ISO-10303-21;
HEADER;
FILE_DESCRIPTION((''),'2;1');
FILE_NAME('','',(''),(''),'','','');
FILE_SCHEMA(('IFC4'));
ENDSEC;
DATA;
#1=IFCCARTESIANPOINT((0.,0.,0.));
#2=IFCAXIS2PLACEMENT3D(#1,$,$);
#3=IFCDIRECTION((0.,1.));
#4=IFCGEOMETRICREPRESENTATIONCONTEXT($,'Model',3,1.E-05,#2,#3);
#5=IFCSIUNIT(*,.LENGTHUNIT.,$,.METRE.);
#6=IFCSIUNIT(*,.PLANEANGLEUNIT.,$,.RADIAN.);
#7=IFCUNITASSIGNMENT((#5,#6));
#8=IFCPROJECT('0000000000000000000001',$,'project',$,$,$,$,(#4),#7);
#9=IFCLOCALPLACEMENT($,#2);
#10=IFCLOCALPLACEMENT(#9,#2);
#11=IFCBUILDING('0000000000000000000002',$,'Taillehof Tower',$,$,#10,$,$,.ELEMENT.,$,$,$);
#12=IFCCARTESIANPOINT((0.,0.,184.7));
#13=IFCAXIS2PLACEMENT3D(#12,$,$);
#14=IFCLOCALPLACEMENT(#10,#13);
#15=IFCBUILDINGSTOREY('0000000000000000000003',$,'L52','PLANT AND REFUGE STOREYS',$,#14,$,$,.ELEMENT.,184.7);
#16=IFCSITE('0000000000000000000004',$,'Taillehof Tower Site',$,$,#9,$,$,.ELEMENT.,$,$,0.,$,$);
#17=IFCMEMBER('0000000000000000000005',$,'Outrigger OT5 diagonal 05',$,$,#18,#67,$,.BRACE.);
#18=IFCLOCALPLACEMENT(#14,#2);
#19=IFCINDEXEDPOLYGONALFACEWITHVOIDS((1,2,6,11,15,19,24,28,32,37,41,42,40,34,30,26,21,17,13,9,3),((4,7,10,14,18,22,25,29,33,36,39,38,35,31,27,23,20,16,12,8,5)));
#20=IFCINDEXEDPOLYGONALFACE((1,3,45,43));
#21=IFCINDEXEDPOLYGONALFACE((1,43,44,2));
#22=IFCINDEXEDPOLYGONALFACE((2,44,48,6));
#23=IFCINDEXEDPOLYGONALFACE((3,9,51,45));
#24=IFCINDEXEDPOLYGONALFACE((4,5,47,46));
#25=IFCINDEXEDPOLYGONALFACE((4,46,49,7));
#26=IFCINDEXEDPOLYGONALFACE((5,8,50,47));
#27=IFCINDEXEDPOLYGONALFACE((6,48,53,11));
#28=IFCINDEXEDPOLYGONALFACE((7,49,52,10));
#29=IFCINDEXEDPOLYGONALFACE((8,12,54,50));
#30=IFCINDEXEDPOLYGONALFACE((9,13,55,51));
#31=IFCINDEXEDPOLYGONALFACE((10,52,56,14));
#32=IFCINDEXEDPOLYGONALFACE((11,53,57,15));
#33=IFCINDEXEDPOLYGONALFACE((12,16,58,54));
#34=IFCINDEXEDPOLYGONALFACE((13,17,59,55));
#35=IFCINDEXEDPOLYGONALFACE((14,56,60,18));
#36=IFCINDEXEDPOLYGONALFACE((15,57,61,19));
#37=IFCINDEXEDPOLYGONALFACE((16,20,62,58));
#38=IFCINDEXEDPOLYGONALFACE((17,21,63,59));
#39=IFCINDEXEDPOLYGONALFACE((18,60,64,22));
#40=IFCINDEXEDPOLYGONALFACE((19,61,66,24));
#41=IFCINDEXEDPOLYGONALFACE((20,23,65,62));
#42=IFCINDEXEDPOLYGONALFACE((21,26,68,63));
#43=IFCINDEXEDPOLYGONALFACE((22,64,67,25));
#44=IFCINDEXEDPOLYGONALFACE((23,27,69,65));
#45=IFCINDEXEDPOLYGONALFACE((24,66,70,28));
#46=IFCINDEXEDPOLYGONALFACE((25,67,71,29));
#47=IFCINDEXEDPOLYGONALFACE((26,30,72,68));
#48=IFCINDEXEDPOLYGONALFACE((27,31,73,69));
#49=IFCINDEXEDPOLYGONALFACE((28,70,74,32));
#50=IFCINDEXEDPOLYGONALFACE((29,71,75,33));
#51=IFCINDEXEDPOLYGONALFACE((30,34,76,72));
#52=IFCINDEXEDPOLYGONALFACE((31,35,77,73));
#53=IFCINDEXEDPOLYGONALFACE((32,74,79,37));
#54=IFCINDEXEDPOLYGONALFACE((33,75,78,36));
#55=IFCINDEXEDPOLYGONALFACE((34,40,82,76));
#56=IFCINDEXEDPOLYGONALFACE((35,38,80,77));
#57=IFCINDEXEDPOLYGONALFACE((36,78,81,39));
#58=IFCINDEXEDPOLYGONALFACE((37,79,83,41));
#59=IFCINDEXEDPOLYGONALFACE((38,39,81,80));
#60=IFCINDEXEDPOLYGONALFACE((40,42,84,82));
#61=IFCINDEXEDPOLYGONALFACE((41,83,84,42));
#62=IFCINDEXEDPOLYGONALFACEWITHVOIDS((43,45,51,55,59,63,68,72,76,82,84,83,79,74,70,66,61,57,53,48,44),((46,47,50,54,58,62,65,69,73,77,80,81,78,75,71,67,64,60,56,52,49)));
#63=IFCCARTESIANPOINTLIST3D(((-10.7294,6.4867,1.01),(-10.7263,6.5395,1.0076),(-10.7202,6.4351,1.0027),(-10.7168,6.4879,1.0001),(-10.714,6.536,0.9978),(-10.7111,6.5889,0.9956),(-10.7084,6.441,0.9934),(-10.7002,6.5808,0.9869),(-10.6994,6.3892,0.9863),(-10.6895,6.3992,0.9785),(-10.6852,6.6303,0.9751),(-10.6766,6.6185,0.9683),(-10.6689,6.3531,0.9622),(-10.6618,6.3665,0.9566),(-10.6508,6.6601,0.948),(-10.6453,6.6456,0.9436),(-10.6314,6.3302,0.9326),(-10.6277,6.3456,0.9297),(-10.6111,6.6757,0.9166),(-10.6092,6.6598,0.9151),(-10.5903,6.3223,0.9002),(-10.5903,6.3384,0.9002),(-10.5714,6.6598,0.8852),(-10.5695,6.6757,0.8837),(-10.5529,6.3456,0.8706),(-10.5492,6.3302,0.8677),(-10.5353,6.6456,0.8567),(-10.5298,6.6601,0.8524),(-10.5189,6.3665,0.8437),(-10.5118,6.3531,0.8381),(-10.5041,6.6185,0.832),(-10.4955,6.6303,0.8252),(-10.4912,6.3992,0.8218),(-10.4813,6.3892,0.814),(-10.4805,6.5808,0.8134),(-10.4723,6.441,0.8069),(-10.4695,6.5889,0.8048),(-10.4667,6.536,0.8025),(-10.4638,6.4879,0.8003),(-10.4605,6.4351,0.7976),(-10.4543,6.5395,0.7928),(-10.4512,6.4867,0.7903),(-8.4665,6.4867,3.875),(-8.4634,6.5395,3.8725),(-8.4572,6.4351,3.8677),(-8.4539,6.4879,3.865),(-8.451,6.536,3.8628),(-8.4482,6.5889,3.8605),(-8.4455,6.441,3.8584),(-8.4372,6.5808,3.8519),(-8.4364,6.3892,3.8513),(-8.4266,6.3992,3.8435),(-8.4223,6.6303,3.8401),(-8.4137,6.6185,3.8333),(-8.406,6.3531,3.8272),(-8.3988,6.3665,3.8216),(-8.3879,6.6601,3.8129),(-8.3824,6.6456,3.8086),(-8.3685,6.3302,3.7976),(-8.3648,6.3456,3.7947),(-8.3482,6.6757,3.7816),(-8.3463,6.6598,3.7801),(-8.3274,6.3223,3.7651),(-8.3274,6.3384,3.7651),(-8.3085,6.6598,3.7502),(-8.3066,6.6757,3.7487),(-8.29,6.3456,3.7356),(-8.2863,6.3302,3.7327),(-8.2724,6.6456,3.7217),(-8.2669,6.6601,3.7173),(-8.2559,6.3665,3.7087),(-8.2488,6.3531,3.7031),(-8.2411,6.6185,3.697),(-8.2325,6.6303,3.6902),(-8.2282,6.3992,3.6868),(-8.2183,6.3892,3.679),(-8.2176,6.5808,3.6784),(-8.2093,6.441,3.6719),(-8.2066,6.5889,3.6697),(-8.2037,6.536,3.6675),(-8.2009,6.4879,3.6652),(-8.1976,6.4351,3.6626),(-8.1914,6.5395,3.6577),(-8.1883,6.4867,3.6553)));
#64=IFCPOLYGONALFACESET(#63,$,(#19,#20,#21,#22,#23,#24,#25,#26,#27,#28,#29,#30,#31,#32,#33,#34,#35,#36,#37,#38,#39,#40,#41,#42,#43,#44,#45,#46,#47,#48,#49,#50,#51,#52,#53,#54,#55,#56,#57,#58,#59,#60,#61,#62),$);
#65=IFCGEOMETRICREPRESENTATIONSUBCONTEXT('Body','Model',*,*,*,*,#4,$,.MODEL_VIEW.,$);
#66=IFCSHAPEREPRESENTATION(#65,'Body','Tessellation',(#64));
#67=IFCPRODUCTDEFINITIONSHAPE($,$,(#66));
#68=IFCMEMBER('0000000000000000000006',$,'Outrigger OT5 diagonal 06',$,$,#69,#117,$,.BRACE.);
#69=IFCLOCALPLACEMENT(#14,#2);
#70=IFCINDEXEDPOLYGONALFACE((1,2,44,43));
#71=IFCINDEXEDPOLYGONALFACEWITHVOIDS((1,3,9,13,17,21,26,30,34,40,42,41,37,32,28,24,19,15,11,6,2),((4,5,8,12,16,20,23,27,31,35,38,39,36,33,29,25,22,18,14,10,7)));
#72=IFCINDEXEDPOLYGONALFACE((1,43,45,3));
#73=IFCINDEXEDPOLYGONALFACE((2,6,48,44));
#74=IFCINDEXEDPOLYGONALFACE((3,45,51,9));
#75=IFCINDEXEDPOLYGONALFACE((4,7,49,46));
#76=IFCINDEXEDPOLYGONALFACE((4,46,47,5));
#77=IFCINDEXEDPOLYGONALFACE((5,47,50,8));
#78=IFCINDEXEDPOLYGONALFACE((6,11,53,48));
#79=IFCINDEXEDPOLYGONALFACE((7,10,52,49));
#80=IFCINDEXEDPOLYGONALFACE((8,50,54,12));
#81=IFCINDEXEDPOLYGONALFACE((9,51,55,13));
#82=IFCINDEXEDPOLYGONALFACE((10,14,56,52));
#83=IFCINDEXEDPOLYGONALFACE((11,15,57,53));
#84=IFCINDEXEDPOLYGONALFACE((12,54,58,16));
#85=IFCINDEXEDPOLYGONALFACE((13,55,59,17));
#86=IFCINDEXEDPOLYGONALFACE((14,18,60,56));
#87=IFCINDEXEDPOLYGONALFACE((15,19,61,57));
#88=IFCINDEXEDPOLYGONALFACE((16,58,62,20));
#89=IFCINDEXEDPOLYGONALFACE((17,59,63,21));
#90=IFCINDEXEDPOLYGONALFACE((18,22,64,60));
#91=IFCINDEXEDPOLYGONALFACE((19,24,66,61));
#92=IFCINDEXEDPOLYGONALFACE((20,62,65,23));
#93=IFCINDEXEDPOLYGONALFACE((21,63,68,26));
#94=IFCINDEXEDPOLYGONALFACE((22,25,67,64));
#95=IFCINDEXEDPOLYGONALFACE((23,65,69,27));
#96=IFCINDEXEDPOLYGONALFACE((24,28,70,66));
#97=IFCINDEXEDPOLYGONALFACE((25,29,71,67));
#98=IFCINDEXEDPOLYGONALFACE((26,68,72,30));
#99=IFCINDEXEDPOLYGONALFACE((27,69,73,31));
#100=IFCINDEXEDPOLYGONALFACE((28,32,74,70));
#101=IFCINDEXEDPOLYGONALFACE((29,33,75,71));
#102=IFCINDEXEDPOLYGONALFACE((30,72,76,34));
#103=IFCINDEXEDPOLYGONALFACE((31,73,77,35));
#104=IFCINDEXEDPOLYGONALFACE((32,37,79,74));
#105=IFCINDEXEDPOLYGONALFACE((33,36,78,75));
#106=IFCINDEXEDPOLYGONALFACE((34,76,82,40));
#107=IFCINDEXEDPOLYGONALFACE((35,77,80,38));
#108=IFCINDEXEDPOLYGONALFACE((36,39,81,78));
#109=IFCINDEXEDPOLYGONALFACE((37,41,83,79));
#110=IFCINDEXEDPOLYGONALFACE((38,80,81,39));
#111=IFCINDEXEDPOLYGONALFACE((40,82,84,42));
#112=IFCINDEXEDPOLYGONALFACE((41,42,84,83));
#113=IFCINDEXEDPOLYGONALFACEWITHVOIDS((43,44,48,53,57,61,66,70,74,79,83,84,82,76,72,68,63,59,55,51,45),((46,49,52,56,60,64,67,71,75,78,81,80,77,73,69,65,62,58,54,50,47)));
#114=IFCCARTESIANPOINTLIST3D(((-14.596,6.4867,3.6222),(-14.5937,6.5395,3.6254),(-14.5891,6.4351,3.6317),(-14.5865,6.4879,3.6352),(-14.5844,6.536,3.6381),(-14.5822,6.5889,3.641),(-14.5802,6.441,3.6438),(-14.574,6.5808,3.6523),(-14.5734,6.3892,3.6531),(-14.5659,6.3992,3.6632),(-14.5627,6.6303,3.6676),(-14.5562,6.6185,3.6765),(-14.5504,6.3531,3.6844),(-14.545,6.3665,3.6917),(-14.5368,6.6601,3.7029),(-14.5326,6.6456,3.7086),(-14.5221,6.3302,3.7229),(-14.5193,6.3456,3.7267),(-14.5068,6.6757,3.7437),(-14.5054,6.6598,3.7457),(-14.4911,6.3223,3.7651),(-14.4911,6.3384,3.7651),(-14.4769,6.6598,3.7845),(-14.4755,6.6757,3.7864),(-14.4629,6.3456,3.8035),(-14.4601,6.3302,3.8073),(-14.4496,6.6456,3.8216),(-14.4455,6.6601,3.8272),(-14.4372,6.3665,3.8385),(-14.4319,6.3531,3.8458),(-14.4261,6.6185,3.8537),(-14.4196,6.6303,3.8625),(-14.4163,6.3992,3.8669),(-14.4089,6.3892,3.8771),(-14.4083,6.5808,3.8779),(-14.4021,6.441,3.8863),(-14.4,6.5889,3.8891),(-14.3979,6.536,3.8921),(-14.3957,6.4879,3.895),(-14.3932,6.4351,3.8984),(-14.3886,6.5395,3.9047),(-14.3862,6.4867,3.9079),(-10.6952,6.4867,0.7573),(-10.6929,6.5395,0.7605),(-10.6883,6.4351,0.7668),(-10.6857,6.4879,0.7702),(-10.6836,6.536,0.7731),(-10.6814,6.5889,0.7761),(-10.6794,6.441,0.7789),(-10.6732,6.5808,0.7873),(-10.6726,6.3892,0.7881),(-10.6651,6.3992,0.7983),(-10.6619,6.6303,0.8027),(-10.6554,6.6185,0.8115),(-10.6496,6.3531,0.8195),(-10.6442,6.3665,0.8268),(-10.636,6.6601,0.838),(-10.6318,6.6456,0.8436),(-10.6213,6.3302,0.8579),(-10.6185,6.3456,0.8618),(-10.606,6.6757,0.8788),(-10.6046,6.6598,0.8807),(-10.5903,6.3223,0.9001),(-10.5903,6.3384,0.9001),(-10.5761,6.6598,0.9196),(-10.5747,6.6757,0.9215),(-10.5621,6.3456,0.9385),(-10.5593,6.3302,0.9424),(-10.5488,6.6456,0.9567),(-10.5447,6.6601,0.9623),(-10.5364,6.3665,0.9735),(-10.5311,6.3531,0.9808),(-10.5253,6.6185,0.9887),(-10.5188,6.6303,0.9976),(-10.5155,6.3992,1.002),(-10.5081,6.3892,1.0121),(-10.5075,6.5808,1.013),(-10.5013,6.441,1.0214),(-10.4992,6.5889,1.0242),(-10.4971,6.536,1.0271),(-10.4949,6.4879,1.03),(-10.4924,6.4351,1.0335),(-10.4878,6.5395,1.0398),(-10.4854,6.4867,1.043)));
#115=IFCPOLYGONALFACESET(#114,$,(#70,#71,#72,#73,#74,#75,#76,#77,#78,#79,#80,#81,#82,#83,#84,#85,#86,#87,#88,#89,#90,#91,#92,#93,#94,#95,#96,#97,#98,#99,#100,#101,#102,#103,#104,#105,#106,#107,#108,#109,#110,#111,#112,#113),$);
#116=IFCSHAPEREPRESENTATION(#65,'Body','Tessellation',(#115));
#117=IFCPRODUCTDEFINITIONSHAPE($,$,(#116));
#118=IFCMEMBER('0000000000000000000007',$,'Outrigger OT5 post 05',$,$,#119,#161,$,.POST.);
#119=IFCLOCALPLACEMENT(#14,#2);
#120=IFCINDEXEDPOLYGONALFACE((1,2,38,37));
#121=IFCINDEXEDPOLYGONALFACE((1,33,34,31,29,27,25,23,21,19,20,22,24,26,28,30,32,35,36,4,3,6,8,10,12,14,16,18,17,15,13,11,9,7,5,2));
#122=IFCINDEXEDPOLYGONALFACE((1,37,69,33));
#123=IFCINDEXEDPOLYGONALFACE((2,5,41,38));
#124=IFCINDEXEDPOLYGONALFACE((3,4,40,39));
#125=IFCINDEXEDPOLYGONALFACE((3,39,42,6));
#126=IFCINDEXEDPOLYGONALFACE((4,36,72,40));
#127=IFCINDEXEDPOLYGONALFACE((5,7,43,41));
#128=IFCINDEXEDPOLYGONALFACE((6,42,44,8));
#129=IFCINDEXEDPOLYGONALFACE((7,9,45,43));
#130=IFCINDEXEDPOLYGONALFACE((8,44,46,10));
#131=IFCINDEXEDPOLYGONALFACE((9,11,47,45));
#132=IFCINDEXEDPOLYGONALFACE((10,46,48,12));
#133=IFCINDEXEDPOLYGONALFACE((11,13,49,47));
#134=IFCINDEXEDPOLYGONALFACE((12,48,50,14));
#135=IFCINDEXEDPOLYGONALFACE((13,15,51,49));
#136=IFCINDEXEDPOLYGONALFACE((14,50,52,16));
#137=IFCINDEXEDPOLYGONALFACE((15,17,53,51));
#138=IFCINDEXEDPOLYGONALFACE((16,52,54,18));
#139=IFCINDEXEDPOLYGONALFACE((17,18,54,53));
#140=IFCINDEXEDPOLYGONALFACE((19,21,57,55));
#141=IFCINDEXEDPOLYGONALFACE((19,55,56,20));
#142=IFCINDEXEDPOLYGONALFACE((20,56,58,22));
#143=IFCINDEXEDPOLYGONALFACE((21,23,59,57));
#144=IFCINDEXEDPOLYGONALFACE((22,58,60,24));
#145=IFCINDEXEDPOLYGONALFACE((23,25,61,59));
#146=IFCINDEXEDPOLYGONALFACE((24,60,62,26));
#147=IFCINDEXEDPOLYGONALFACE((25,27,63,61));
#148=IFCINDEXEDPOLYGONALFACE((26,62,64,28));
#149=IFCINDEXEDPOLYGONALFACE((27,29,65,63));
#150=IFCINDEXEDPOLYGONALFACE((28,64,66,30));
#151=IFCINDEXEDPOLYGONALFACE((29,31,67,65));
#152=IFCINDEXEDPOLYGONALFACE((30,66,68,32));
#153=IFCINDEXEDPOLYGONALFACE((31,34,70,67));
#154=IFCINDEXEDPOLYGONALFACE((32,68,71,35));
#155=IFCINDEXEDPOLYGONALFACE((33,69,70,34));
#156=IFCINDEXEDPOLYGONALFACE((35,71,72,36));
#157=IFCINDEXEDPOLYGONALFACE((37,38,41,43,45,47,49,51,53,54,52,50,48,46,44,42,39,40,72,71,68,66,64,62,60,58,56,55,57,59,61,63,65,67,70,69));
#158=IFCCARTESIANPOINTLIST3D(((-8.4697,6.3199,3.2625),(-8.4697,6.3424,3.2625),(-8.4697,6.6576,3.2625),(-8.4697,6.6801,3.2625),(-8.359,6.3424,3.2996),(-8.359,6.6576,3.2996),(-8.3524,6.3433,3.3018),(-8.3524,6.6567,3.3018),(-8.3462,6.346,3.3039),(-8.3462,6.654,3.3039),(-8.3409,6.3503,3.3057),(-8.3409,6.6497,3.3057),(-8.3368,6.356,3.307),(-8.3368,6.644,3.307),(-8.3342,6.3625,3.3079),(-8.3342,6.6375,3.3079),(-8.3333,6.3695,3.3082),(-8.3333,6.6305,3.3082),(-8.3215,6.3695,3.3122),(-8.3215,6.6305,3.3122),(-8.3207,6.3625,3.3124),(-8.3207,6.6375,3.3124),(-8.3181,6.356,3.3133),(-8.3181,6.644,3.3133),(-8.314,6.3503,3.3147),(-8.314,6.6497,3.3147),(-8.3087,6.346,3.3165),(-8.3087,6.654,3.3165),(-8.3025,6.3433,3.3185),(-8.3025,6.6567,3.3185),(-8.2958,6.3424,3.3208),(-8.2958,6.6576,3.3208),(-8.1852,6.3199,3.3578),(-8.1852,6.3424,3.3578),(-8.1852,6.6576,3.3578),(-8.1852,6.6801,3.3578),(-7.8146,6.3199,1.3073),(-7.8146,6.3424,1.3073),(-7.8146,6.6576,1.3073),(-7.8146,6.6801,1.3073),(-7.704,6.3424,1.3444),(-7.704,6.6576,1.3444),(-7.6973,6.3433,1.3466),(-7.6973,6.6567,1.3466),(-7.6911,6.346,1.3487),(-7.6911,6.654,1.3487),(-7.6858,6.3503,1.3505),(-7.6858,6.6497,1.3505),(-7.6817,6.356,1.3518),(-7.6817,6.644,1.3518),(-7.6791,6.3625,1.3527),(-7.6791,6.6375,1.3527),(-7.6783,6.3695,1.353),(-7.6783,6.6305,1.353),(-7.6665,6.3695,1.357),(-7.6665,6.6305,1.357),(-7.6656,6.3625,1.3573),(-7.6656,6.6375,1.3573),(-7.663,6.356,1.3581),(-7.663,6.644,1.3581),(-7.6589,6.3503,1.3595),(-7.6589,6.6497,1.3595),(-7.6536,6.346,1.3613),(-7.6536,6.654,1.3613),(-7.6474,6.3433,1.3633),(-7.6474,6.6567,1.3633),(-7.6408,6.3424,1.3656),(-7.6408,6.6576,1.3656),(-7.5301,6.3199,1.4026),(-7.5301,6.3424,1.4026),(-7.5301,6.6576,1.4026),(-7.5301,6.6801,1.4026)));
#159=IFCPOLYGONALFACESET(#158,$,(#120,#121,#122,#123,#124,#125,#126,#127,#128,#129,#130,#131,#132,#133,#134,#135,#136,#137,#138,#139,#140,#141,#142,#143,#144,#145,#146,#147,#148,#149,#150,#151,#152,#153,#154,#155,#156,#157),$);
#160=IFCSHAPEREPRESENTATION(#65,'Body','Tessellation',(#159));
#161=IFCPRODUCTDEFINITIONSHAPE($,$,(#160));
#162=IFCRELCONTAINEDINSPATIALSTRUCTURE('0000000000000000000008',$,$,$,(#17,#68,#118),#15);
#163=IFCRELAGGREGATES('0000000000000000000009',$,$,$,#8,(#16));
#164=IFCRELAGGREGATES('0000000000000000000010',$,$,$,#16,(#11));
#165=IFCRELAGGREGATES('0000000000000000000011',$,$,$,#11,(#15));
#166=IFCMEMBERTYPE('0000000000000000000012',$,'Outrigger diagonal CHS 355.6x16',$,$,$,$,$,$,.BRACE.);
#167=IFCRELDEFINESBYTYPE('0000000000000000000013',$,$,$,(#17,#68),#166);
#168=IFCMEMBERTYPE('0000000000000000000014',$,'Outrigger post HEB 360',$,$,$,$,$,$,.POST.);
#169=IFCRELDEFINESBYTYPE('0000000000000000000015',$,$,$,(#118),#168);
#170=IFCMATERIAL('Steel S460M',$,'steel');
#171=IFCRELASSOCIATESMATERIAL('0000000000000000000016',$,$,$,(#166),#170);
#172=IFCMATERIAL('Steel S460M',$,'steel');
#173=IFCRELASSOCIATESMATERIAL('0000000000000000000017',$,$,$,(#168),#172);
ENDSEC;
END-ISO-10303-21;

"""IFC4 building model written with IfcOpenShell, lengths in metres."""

from ifc_helpers import new_model, si_unit, direction, frame, origin, origin_2d, place, context, subcontext, project, spatial, hollow_circle, i_section, extrude, material, material_profile, profile_set, type_object, element, save


model = new_model("IFC4")

# Units and contexts
model_context = context("Model", 3, precision=1e-05, world=origin(), true_north=direction((0.0, 1.0)))
body_context = subcontext(model_context, "Body", "Model", "MODEL_VIEW")
ifc_project = project(units=[si_unit("LENGTHUNIT", "METRE"), si_unit("PLANEANGLEUNIT", "RADIAN")], contexts=[model_context])

# Site, building, storey
site_placement = place(None, origin())
site = spatial("IfcSite", under=ifc_project, at=site_placement, Name="Taillehof Tower Site", CompositionType="ELEMENT", RefElevation=0.0)
building_placement = place(site_placement, origin())
building = spatial("IfcBuilding", under=site, at=building_placement, Name="Taillehof Tower", CompositionType="ELEMENT")
storey_placement = place(building_placement, frame((0.0, 0.0, 184.7)))
storey = spatial("IfcBuildingStorey", under=building, at=storey_placement, Name="L52", Description="PLANT AND REFUGE STOREYS", CompositionType="ELEMENT", Elevation=184.7)

# Members
ifc_material_1 = material(Name="Steel S460M", Category="steel")
ifc_material_profile_1 = material_profile(ifc_material_1, hollow_circle(Radius=0.1777, WallThickness=0.0161, at=origin_2d()), Name="CHS 355.6x16")
ifc_profile_set_1 = profile_set([ifc_material_profile_1], Name="Steel S460M")
member_type_1 = type_object("IfcMemberType", Name="Outrigger diagonal CHS 355.6x16", PredefinedType="BRACE", material=ifc_profile_set_1)
member_1_placement = place(storey_placement, frame((-8.3274, 6.5, 3.7651), z_axis=(-0.619831, 0.0, -0.784736), x_axis=(0.0, -1.0, 0.0)))
element("IfcMember", 1, at=member_1_placement, inside=storey, type_object=member_type_1, Name="Outrigger OT5 diagonal 05", PredefinedType="BRACE", context=body_context, shape_type="SweptSolid", body=[
    extrude(hollow_circle(Radius=0.1777, WallThickness=0.0161, at=origin_2d()), origin(), (0.0, 0.0, 1.0), 3.6509),
])
member_2_placement = place(storey_placement, frame((-10.5903, 6.5, 0.9001), z_axis=(-0.805977, 0.0, 0.591947), x_axis=(0.0, -1.0, 0.0)))
element("IfcMember", 2, at=member_2_placement, inside=storey, type_object=member_type_1, Name="Outrigger OT5 diagonal 06", PredefinedType="BRACE", context=body_context, shape_type="SweptSolid", body=[
    extrude(hollow_circle(Radius=0.1777, WallThickness=0.0161, at=origin_2d()), origin(), (0.0, 0.0, 1.0), 4.8398),
])
ifc_material_2 = material(Name="Steel S460M", Category="steel")
ifc_material_profile_2 = material_profile(ifc_material_2, i_section(OverallWidth=0.3, OverallDepth=0.3601, WebThickness=0.0125, FlangeThickness=0.0225, FilletRadius=0.0271, at=origin_2d()), Name="HEB 360")
ifc_profile_set_2 = profile_set([ifc_material_profile_2], Name="Steel S460M")
member_type_2 = type_object("IfcMemberType", Name="Outrigger post HEB 360", PredefinedType="POST", material=ifc_profile_set_2)
member_3_placement = place(storey_placement, frame((-7.6724, 6.5, 1.355), z_axis=(-0.317684, 0.0, 0.948197), x_axis=(0.948197, 0.0, 0.317684)))
element("IfcMember", 3, at=member_3_placement, inside=storey, type_object=member_type_2, Name="Outrigger OT5 post 05", PredefinedType="POST", context=body_context, shape_type="SweptSolid", body=[
    extrude(i_section(OverallWidth=0.3, OverallDepth=0.3601, WebThickness=0.0125, FlangeThickness=0.0225, FilletRadius=0.0271, at=origin_2d()), origin(), (0.0, 0.0, 1.0), 2.062),
])

save(model, "model.ifc")
